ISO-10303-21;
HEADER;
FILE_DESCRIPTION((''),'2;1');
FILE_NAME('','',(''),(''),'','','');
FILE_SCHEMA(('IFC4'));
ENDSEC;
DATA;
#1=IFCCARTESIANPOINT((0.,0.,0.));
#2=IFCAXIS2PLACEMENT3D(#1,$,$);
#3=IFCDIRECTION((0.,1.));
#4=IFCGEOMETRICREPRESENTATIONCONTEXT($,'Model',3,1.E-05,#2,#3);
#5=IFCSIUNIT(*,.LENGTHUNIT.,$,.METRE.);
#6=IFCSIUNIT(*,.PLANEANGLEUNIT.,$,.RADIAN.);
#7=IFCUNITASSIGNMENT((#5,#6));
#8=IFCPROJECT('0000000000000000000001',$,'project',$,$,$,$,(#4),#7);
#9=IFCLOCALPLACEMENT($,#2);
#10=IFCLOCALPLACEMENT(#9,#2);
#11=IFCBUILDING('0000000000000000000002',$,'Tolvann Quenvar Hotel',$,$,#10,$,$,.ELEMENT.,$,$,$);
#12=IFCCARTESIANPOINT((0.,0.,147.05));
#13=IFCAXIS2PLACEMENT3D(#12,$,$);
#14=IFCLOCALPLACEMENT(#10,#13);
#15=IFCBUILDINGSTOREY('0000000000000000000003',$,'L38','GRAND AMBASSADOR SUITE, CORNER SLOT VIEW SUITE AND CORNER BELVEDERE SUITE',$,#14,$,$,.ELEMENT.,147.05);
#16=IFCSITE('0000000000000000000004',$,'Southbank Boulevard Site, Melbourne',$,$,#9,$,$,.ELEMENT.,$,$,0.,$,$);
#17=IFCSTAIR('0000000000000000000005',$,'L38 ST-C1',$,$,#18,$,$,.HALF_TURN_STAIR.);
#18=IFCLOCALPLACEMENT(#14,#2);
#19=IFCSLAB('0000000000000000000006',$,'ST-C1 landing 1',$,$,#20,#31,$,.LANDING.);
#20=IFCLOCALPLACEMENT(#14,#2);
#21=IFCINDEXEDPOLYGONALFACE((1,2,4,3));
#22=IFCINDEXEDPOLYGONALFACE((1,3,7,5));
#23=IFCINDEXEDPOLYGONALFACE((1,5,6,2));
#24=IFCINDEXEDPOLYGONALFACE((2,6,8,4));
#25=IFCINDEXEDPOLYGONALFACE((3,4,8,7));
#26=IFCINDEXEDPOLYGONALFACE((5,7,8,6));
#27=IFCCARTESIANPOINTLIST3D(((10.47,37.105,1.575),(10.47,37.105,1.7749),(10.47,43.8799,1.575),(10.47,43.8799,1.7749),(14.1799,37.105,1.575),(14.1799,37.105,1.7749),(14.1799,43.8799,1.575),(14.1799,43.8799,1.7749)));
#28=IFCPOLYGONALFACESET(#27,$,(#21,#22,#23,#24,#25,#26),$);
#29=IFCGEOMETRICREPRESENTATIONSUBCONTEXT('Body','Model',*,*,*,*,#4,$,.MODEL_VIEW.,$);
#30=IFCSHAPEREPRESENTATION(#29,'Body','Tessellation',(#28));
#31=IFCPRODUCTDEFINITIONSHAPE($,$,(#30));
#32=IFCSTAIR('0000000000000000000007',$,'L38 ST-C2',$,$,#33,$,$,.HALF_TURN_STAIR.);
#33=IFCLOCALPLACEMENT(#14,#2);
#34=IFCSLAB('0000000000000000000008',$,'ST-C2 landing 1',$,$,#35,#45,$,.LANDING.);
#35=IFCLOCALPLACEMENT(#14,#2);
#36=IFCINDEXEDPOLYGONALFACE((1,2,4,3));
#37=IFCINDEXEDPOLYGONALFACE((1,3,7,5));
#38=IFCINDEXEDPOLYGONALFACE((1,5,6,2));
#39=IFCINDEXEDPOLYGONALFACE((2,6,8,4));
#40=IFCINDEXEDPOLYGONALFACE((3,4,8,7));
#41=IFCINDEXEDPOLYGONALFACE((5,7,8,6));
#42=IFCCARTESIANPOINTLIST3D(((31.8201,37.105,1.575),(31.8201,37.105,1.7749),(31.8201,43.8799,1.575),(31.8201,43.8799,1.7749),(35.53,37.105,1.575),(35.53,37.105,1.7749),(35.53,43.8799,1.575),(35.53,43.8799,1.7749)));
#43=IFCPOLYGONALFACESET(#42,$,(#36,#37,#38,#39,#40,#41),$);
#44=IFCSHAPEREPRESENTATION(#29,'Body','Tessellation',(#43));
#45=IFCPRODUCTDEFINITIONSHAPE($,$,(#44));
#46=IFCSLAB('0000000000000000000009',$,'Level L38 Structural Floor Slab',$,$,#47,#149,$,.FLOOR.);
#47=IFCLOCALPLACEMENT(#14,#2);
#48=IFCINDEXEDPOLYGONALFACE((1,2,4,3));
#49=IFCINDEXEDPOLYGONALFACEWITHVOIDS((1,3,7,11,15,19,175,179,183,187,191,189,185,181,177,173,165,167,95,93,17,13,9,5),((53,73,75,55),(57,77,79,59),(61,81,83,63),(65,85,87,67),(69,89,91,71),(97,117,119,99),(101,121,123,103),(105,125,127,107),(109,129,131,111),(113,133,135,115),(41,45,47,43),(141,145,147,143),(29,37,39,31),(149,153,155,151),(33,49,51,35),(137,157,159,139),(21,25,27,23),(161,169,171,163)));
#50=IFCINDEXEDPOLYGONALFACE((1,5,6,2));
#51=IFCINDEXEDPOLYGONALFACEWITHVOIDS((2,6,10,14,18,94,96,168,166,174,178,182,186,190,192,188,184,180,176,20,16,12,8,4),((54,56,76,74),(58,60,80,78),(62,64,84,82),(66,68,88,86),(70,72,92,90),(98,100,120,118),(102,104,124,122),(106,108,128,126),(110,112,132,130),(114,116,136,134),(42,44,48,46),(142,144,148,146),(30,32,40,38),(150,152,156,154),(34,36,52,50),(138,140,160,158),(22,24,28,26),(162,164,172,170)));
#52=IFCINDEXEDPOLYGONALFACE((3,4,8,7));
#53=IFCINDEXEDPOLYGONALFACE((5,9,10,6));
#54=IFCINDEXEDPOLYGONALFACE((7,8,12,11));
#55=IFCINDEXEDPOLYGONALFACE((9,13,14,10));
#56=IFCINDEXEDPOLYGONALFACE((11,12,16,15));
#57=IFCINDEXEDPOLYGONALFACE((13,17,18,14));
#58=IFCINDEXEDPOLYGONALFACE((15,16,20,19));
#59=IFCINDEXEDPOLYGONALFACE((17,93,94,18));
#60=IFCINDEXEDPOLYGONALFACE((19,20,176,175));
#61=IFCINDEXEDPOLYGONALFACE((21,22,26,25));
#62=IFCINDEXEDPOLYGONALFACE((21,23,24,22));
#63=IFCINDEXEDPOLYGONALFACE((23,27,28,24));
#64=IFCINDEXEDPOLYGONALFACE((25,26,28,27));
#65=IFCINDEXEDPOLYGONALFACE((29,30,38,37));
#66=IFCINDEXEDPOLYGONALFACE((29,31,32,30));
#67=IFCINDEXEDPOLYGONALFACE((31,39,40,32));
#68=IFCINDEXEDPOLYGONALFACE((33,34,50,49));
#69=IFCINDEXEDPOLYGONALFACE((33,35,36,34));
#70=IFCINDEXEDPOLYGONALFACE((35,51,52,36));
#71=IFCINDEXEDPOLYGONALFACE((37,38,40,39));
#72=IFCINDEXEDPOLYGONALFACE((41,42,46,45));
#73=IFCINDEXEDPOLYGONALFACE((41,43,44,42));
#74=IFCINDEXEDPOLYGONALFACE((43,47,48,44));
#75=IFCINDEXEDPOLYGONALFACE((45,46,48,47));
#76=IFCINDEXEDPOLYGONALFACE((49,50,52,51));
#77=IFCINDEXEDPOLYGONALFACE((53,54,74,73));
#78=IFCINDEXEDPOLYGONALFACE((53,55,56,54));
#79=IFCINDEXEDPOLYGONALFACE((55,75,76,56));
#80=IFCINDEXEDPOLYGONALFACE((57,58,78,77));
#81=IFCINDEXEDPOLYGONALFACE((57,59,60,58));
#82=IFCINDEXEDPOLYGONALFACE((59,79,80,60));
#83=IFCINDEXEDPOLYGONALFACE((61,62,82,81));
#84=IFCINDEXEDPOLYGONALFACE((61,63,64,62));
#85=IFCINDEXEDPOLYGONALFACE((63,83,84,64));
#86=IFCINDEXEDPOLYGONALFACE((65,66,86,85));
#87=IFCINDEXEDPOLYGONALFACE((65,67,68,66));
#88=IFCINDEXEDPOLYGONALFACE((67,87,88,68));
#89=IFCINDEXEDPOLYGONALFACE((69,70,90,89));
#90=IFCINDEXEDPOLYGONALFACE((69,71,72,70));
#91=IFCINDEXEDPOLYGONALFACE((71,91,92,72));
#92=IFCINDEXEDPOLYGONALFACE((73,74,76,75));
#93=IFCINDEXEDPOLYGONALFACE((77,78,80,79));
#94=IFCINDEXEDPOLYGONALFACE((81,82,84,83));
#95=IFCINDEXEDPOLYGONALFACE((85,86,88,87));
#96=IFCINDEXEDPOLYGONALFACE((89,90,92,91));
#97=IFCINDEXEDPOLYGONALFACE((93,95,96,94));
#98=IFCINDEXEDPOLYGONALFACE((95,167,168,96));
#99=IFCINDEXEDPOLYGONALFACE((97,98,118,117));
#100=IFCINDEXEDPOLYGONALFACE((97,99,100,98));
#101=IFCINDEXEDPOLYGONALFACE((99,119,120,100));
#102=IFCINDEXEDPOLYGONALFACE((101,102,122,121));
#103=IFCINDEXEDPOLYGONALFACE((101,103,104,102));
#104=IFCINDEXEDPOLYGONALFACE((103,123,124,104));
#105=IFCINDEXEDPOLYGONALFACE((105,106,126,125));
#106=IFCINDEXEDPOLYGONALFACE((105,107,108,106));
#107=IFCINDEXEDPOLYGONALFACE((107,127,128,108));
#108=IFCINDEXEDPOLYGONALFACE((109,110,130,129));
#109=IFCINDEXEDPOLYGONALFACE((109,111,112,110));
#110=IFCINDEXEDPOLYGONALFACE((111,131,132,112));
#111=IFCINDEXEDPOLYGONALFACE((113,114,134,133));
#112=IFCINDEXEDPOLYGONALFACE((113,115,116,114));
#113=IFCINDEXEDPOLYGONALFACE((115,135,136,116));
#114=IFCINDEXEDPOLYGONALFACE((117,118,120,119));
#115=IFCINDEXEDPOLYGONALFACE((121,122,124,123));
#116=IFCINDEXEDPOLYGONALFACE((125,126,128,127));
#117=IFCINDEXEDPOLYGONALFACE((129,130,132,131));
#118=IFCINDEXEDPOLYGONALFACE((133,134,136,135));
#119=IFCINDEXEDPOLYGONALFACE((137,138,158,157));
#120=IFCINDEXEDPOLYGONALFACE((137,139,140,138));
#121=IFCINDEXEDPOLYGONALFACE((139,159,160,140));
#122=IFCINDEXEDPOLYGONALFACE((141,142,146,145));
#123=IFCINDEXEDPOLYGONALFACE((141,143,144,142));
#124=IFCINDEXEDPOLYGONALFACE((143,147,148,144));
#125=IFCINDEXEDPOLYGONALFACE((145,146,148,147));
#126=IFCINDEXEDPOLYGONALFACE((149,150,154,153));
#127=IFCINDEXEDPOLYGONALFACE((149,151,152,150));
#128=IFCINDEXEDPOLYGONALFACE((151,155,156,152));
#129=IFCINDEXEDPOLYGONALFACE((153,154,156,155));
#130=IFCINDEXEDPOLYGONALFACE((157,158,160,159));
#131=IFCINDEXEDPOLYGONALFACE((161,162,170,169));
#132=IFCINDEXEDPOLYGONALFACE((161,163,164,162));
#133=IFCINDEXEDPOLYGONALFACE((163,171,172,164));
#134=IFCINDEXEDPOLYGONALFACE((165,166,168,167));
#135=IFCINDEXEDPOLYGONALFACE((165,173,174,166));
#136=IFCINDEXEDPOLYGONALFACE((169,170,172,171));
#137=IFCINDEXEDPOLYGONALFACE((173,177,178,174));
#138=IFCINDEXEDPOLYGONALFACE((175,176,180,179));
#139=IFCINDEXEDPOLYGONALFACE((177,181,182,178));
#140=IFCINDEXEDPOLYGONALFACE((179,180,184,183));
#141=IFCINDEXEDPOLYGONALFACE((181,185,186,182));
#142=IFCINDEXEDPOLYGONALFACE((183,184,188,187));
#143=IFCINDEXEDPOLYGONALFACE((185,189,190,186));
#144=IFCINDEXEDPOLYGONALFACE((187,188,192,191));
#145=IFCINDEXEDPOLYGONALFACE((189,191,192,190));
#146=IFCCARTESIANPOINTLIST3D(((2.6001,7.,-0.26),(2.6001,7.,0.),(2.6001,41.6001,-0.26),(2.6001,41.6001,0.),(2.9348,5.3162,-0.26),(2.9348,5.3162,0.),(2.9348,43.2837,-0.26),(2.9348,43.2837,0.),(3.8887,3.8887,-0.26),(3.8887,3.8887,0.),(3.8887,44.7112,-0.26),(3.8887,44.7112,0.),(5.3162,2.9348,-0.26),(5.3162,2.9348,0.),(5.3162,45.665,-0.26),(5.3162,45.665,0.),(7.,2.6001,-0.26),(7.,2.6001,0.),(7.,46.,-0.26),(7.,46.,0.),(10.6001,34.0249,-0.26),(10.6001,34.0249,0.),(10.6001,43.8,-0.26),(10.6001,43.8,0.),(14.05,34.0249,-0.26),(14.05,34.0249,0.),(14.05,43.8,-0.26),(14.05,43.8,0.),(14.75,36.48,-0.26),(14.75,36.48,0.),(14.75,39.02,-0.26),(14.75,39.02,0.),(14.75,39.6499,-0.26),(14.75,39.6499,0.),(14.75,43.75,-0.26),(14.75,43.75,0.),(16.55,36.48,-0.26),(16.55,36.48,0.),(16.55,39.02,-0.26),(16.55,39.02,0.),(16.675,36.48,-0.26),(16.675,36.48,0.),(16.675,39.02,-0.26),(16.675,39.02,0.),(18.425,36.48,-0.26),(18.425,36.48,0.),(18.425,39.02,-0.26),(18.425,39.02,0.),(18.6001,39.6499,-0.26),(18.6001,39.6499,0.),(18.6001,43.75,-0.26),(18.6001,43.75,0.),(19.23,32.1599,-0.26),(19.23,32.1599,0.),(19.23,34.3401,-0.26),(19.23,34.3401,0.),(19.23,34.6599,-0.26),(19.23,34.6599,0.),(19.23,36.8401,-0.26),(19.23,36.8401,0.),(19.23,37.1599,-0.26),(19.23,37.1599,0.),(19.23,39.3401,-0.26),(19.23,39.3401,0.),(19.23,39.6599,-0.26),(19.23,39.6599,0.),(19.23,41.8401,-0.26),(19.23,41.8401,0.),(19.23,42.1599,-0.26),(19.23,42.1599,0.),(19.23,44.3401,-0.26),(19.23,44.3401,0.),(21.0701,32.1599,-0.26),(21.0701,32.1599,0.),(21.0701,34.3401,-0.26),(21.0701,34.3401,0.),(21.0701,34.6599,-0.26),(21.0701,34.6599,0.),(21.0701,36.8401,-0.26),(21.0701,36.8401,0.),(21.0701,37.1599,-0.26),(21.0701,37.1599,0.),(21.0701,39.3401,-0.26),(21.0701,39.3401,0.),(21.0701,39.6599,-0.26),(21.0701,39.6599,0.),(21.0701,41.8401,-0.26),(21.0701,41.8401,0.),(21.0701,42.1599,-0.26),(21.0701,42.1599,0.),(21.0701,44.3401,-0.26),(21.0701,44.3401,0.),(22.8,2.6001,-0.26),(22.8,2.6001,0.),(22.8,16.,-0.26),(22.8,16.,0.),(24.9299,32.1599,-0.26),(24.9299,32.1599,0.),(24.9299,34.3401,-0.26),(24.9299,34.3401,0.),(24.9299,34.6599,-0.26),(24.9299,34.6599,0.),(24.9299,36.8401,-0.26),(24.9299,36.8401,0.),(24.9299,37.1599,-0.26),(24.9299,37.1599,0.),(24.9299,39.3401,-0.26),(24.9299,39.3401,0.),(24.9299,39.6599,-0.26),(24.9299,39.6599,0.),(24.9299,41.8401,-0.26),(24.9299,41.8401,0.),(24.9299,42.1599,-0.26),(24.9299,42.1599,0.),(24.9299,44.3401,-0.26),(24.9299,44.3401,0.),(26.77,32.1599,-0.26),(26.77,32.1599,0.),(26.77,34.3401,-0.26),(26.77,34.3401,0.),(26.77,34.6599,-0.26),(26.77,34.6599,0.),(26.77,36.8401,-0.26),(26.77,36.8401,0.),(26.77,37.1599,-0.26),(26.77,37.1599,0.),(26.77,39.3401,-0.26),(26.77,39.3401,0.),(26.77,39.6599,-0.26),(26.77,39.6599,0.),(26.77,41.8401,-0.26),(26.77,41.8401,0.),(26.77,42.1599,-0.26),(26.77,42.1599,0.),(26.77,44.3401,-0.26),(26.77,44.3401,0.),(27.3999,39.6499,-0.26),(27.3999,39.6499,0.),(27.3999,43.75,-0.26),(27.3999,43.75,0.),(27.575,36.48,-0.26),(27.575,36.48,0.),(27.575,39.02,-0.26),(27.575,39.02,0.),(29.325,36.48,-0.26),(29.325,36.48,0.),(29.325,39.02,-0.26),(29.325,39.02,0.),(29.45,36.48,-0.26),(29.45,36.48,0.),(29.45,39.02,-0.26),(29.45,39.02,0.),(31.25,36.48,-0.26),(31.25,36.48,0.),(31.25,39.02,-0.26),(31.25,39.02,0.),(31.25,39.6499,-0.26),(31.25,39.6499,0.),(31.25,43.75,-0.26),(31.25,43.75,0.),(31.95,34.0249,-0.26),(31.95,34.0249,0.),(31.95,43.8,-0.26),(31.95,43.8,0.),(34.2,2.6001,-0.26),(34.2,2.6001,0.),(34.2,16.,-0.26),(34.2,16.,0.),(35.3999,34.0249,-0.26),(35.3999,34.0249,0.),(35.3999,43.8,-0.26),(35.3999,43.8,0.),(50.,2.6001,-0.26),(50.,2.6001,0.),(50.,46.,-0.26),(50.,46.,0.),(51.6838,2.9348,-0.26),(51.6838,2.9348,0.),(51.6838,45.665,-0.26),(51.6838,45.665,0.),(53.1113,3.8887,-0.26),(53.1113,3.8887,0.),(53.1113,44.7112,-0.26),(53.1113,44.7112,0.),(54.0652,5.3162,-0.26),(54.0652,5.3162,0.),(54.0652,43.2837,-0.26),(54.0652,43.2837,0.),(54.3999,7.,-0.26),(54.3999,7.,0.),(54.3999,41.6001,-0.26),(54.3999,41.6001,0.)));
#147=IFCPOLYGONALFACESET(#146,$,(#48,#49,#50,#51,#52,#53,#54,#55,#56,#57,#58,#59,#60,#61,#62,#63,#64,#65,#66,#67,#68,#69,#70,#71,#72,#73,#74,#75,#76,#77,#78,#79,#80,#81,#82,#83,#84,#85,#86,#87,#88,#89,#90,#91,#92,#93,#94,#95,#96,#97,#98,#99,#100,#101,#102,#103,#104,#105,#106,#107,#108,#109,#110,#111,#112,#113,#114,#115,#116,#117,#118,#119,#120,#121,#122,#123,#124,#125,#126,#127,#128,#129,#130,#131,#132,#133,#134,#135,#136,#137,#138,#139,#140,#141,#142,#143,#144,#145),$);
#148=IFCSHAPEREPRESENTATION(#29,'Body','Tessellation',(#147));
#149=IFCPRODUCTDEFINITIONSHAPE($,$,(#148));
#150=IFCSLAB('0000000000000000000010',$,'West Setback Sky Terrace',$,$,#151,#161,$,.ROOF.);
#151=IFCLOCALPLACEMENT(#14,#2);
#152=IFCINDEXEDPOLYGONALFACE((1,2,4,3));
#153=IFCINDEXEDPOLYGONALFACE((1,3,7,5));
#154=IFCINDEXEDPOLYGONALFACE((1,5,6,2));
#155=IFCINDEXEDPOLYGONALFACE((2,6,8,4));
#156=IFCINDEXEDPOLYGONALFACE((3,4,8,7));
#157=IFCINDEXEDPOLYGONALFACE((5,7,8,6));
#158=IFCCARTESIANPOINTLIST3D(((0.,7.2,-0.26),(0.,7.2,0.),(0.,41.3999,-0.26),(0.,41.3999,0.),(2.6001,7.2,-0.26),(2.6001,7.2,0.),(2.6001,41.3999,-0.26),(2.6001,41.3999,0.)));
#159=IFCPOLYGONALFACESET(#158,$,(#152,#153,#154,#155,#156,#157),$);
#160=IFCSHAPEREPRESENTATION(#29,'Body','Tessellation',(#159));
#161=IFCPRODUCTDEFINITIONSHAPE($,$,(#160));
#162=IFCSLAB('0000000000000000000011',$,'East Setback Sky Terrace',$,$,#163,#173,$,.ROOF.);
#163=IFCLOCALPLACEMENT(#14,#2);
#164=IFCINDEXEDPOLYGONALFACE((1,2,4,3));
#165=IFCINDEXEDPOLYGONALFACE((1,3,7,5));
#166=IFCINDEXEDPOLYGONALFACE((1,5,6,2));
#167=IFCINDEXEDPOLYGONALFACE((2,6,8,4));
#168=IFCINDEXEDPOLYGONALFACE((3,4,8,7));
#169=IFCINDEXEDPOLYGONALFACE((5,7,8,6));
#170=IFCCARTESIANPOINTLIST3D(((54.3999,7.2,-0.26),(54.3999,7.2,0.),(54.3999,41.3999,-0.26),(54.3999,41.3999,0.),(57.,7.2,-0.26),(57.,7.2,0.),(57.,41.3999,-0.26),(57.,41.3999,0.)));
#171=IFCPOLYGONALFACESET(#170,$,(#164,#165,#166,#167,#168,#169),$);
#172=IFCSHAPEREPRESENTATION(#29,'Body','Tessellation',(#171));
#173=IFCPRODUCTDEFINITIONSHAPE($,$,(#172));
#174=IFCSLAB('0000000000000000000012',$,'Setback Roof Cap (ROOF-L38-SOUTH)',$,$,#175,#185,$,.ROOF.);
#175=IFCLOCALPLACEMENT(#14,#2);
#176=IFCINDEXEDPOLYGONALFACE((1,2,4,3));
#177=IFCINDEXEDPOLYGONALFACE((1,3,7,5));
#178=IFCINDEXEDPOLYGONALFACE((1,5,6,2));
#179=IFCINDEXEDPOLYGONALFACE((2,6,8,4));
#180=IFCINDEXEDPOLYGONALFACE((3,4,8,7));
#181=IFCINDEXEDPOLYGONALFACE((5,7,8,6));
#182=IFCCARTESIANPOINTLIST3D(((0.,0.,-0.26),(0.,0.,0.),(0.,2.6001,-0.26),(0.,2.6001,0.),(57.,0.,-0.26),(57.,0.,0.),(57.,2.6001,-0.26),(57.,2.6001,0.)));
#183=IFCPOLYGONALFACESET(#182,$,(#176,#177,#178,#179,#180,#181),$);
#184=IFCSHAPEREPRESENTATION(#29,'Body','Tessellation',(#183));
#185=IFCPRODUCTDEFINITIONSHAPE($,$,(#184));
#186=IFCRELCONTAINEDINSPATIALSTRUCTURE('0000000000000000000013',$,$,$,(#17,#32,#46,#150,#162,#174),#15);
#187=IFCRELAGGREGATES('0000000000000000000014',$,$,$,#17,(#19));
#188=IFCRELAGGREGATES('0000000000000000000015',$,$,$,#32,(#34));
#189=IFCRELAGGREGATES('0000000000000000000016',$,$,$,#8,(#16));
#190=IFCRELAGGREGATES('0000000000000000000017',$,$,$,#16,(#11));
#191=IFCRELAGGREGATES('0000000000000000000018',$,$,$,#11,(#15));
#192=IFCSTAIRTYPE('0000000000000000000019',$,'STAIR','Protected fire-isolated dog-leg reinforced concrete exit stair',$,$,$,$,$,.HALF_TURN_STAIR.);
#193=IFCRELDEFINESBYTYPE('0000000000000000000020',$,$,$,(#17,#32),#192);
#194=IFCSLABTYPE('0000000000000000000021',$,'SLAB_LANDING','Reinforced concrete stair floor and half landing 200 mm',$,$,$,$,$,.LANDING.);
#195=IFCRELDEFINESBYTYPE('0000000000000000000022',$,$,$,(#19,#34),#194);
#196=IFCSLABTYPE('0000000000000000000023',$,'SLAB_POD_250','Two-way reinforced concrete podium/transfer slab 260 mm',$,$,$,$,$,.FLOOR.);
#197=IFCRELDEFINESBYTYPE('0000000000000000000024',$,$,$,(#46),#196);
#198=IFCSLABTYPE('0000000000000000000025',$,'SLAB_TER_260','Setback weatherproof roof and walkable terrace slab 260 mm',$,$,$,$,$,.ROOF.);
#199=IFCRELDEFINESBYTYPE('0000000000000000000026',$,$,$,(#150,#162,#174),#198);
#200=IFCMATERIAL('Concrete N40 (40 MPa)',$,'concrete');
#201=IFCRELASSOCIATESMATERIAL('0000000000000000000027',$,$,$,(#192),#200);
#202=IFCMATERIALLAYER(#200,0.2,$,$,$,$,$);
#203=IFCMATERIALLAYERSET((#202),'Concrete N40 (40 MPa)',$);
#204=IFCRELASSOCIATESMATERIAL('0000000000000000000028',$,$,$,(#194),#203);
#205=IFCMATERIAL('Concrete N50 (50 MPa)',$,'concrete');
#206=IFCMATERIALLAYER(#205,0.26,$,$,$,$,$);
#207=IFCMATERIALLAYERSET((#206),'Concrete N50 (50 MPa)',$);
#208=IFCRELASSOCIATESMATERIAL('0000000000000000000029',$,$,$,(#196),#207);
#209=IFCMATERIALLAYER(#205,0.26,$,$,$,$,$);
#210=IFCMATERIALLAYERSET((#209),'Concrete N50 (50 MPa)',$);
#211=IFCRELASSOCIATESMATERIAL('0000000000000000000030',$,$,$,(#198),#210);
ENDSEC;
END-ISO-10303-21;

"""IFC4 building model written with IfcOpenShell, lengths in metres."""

from ifc_helpers import new_model, si_unit, direction, frame, origin, place, context, subcontext, project, spatial, polyline, outline, extrude, material, layer, layer_set, type_object, element, aggregate, save


model = new_model("IFC4")

# Units and contexts
model_context = context("Model", 3, precision=1e-05, world=origin(), true_north=direction((0.0, 1.0)))
body_context = subcontext(model_context, "Body", "Model", "MODEL_VIEW")
ifc_project = project(units=[si_unit("LENGTHUNIT", "METRE"), si_unit("PLANEANGLEUNIT", "RADIAN")], contexts=[model_context])

# Site, building, storey
site_placement = place(None, origin())
site = spatial("IfcSite", under=ifc_project, at=site_placement, Name="Southbank Boulevard Site, Melbourne", CompositionType="ELEMENT", RefElevation=0.0)
building_placement = place(site_placement, origin())
building = spatial("IfcBuilding", under=site, at=building_placement, Name="Tolvann Quenvar Hotel", CompositionType="ELEMENT")
storey_placement = place(building_placement, frame((0.0, 0.0, 147.05)))
storey = spatial("IfcBuildingStorey", under=building, at=storey_placement, Name="L38", Description="GRAND AMBASSADOR SUITE, CORNER SLOT VIEW SUITE AND CORNER BELVEDERE SUITE", CompositionType="ELEMENT", Elevation=147.05)

# Stairs, slabs
ifc_material_1 = material(Name="Concrete N40 (40 MPa)", Category="concrete")
stair_type = type_object("IfcStairType", Name="STAIR", Description="Protected fire-isolated dog-leg reinforced concrete exit stair", PredefinedType="HALF_TURN_STAIR", material=ifc_material_1)
stair_1_placement = place(storey_placement, origin())
stair_1 = element("IfcStair", 1, at=stair_1_placement, inside=storey, type_object=stair_type, Name="L38 ST-C1", PredefinedType="HALF_TURN_STAIR")
ifc_layer_1 = layer(ifc_material_1, 0.2)
ifc_layer_set_1 = layer_set([ifc_layer_1], Name="Concrete N40 (40 MPa)")
slab_type_1 = type_object("IfcSlabType", Name="SLAB_LANDING", Description="Reinforced concrete stair floor and half landing 200 mm", PredefinedType="LANDING", material=ifc_layer_set_1)
slab_1_placement = place(storey_placement, frame((0.0, 0.0, 1.575)))
slab_1 = element("IfcSlab", 2, at=slab_1_placement, type_object=slab_type_1, Name="ST-C1 landing 1", PredefinedType="LANDING", context=body_context, shape_type="SweptSolid", body=[
    extrude(outline(polyline([(14.1799, 37.105), (14.1799, 43.8799), (10.47, 43.8799), (10.47, 37.105), (14.1799, 37.105)])), origin(), (0.0, 0.0, 1.0), 0.2),
])
aggregate(stair_1, [slab_1])
stair_2_placement = place(storey_placement, origin())
stair_2 = element("IfcStair", 3, at=stair_2_placement, inside=storey, type_object=stair_type, Name="L38 ST-C2", PredefinedType="HALF_TURN_STAIR")
slab_2_placement = place(storey_placement, frame((0.0, 0.0, 1.575)))
slab_2 = element("IfcSlab", 4, at=slab_2_placement, type_object=slab_type_1, Name="ST-C2 landing 1", PredefinedType="LANDING", context=body_context, shape_type="SweptSolid", body=[
    extrude(outline(polyline([(35.53, 37.105), (35.53, 43.8799), (31.8201, 43.8799), (31.8201, 37.105), (35.53, 37.105)])), origin(), (0.0, 0.0, 1.0), 0.2),
])
aggregate(stair_2, [slab_2])

# Slabs
ifc_material_2 = material(Name="Concrete N50 (50 MPa)", Category="concrete")
ifc_layer_2 = layer(ifc_material_2, 0.26)
ifc_layer_set_2 = layer_set([ifc_layer_2], Name="Concrete N50 (50 MPa)")
slab_type_2 = type_object("IfcSlabType", Name="SLAB_POD_250", Description="Two-way reinforced concrete podium/transfer slab 260 mm", PredefinedType="FLOOR", material=ifc_layer_set_2)
slab_3_placement = place(storey_placement, frame((0.0, 0.0, -0.26)))
element("IfcSlab", 5, at=slab_3_placement, inside=storey, type_object=slab_type_2, Name="Level L38 Structural Floor Slab", PredefinedType="FLOOR", context=body_context, shape_type="SweptSolid", body=[
    extrude(outline(polyline([(2.6001, 7.0), (2.9348, 5.3162), (3.8887, 3.8887), (5.3162, 2.9348), (7.0, 2.6001), (22.8, 2.6001), (22.8, 16.0), (34.2, 16.0), (34.2, 2.6001), (50.0, 2.6001), (51.6838, 2.9348), (53.1113, 3.8887), (54.0652, 5.3162), (54.3999, 7.0), (54.3999, 41.6001), (54.0652, 43.2837), (53.1113, 44.7112), (51.6838, 45.665), (50.0, 46.0), (7.0, 46.0), (5.3162, 45.665), (3.8887, 44.7112), (2.9348, 43.2837), (2.6001, 41.6001), (2.6001, 7.0)]), holes=[polyline([(31.95, 34.0249), (31.95, 43.8), (35.3999, 43.8), (35.3999, 34.0249), (31.95, 34.0249)]), polyline([(29.45, 39.02), (31.25, 39.02), (31.25, 36.48), (29.45, 36.48), (29.45, 39.02)]), polyline([(31.25, 43.75), (31.25, 39.6499), (27.3999, 39.6499), (27.3999, 43.75), (31.25, 43.75)]), polyline([(27.575, 39.02), (29.325, 39.02), (29.325, 36.48), (27.575, 36.48), (27.575, 39.02)]), polyline([(26.77, 44.3401), (26.77, 42.1599), (24.9299, 42.1599), (24.9299, 44.3401), (26.77, 44.3401)]), polyline([(24.9299, 41.8401), (26.77, 41.8401), (26.77, 39.6599), (24.9299, 39.6599), (24.9299, 41.8401)]), polyline([(24.9299, 39.3401), (26.77, 39.3401), (26.77, 37.1599), (24.9299, 37.1599), (24.9299, 39.3401)]), polyline([(24.9299, 36.8401), (26.77, 36.8401), (26.77, 34.6599), (24.9299, 34.6599), (24.9299, 36.8401)]), polyline([(24.9299, 34.3401), (26.77, 34.3401), (26.77, 32.1599), (24.9299, 32.1599), (24.9299, 34.3401)]), polyline([(21.0701, 44.3401), (21.0701, 42.1599), (19.23, 42.1599), (19.23, 44.3401), (21.0701, 44.3401)]), polyline([(19.23, 41.8401), (21.0701, 41.8401), (21.0701, 39.6599), (19.23, 39.6599), (19.23, 41.8401)]), polyline([(19.23, 39.3401), (21.0701, 39.3401), (21.0701, 37.1599), (19.23, 37.1599), (19.23, 39.3401)]), polyline([(19.23, 36.8401), (21.0701, 36.8401), (21.0701, 34.6599), (19.23, 34.6599), (19.23, 36.8401)]), polyline([(19.23, 34.3401), (21.0701, 34.3401), (21.0701, 32.1599), (19.23, 32.1599), (19.23, 34.3401)]), polyline([(18.6001, 43.75), (18.6001, 39.6499), (14.75, 39.6499), (14.75, 43.75), (18.6001, 43.75)]), polyline([(16.675, 39.02), (18.425, 39.02), (18.425, 36.48), (16.675, 36.48), (16.675, 39.02)]), polyline([(14.75, 39.02), (16.55, 39.02), (16.55, 36.48), (14.75, 36.48), (14.75, 39.02)]), polyline([(10.6001, 34.0249), (10.6001, 43.8), (14.05, 43.8), (14.05, 34.0249), (10.6001, 34.0249)])]), origin(), (0.0, 0.0, 1.0), 0.26),
])
ifc_layer_3 = layer(ifc_material_2, 0.26)
ifc_layer_set_3 = layer_set([ifc_layer_3], Name="Concrete N50 (50 MPa)")
slab_type_3 = type_object("IfcSlabType", Name="SLAB_TER_260", Description="Setback weatherproof roof and walkable terrace slab 260 mm", PredefinedType="ROOF", material=ifc_layer_set_3)
slab_4_placement = place(storey_placement, frame((0.0, 0.0, -0.26)))
element("IfcSlab", 6, at=slab_4_placement, inside=storey, type_object=slab_type_3, Name="West Setback Sky Terrace", PredefinedType="ROOF", context=body_context, shape_type="SweptSolid", body=[
    extrude(outline(polyline([(0.0, 7.2), (2.6001, 7.2), (2.6001, 41.3999), (0.0, 41.3999), (0.0, 7.2)])), origin(), (0.0, 0.0, 1.0), 0.26),
])
slab_5_placement = place(storey_placement, frame((0.0, 0.0, -0.26)))
element("IfcSlab", 7, at=slab_5_placement, inside=storey, type_object=slab_type_3, Name="East Setback Sky Terrace", PredefinedType="ROOF", context=body_context, shape_type="SweptSolid", body=[
    extrude(outline(polyline([(54.3999, 7.2), (57.0, 7.2), (57.0, 41.3999), (54.3999, 41.3999), (54.3999, 7.2)])), origin(), (0.0, 0.0, 1.0), 0.26),
])
slab_6_placement = place(storey_placement, frame((0.0, 0.0, -0.26)))
element("IfcSlab", 8, at=slab_6_placement, inside=storey, type_object=slab_type_3, Name="Setback Roof Cap (ROOF-L38-SOUTH)", PredefinedType="ROOF", context=body_context, shape_type="SweptSolid", body=[
    extrude(outline(polyline([(0.0, 0.0), (57.0, 0.0), (57.0, 2.6001), (0.0, 2.6001), (0.0, 0.0)])), origin(), (0.0, 0.0, 1.0), 0.26),
])

save(model, "model.ifc")
